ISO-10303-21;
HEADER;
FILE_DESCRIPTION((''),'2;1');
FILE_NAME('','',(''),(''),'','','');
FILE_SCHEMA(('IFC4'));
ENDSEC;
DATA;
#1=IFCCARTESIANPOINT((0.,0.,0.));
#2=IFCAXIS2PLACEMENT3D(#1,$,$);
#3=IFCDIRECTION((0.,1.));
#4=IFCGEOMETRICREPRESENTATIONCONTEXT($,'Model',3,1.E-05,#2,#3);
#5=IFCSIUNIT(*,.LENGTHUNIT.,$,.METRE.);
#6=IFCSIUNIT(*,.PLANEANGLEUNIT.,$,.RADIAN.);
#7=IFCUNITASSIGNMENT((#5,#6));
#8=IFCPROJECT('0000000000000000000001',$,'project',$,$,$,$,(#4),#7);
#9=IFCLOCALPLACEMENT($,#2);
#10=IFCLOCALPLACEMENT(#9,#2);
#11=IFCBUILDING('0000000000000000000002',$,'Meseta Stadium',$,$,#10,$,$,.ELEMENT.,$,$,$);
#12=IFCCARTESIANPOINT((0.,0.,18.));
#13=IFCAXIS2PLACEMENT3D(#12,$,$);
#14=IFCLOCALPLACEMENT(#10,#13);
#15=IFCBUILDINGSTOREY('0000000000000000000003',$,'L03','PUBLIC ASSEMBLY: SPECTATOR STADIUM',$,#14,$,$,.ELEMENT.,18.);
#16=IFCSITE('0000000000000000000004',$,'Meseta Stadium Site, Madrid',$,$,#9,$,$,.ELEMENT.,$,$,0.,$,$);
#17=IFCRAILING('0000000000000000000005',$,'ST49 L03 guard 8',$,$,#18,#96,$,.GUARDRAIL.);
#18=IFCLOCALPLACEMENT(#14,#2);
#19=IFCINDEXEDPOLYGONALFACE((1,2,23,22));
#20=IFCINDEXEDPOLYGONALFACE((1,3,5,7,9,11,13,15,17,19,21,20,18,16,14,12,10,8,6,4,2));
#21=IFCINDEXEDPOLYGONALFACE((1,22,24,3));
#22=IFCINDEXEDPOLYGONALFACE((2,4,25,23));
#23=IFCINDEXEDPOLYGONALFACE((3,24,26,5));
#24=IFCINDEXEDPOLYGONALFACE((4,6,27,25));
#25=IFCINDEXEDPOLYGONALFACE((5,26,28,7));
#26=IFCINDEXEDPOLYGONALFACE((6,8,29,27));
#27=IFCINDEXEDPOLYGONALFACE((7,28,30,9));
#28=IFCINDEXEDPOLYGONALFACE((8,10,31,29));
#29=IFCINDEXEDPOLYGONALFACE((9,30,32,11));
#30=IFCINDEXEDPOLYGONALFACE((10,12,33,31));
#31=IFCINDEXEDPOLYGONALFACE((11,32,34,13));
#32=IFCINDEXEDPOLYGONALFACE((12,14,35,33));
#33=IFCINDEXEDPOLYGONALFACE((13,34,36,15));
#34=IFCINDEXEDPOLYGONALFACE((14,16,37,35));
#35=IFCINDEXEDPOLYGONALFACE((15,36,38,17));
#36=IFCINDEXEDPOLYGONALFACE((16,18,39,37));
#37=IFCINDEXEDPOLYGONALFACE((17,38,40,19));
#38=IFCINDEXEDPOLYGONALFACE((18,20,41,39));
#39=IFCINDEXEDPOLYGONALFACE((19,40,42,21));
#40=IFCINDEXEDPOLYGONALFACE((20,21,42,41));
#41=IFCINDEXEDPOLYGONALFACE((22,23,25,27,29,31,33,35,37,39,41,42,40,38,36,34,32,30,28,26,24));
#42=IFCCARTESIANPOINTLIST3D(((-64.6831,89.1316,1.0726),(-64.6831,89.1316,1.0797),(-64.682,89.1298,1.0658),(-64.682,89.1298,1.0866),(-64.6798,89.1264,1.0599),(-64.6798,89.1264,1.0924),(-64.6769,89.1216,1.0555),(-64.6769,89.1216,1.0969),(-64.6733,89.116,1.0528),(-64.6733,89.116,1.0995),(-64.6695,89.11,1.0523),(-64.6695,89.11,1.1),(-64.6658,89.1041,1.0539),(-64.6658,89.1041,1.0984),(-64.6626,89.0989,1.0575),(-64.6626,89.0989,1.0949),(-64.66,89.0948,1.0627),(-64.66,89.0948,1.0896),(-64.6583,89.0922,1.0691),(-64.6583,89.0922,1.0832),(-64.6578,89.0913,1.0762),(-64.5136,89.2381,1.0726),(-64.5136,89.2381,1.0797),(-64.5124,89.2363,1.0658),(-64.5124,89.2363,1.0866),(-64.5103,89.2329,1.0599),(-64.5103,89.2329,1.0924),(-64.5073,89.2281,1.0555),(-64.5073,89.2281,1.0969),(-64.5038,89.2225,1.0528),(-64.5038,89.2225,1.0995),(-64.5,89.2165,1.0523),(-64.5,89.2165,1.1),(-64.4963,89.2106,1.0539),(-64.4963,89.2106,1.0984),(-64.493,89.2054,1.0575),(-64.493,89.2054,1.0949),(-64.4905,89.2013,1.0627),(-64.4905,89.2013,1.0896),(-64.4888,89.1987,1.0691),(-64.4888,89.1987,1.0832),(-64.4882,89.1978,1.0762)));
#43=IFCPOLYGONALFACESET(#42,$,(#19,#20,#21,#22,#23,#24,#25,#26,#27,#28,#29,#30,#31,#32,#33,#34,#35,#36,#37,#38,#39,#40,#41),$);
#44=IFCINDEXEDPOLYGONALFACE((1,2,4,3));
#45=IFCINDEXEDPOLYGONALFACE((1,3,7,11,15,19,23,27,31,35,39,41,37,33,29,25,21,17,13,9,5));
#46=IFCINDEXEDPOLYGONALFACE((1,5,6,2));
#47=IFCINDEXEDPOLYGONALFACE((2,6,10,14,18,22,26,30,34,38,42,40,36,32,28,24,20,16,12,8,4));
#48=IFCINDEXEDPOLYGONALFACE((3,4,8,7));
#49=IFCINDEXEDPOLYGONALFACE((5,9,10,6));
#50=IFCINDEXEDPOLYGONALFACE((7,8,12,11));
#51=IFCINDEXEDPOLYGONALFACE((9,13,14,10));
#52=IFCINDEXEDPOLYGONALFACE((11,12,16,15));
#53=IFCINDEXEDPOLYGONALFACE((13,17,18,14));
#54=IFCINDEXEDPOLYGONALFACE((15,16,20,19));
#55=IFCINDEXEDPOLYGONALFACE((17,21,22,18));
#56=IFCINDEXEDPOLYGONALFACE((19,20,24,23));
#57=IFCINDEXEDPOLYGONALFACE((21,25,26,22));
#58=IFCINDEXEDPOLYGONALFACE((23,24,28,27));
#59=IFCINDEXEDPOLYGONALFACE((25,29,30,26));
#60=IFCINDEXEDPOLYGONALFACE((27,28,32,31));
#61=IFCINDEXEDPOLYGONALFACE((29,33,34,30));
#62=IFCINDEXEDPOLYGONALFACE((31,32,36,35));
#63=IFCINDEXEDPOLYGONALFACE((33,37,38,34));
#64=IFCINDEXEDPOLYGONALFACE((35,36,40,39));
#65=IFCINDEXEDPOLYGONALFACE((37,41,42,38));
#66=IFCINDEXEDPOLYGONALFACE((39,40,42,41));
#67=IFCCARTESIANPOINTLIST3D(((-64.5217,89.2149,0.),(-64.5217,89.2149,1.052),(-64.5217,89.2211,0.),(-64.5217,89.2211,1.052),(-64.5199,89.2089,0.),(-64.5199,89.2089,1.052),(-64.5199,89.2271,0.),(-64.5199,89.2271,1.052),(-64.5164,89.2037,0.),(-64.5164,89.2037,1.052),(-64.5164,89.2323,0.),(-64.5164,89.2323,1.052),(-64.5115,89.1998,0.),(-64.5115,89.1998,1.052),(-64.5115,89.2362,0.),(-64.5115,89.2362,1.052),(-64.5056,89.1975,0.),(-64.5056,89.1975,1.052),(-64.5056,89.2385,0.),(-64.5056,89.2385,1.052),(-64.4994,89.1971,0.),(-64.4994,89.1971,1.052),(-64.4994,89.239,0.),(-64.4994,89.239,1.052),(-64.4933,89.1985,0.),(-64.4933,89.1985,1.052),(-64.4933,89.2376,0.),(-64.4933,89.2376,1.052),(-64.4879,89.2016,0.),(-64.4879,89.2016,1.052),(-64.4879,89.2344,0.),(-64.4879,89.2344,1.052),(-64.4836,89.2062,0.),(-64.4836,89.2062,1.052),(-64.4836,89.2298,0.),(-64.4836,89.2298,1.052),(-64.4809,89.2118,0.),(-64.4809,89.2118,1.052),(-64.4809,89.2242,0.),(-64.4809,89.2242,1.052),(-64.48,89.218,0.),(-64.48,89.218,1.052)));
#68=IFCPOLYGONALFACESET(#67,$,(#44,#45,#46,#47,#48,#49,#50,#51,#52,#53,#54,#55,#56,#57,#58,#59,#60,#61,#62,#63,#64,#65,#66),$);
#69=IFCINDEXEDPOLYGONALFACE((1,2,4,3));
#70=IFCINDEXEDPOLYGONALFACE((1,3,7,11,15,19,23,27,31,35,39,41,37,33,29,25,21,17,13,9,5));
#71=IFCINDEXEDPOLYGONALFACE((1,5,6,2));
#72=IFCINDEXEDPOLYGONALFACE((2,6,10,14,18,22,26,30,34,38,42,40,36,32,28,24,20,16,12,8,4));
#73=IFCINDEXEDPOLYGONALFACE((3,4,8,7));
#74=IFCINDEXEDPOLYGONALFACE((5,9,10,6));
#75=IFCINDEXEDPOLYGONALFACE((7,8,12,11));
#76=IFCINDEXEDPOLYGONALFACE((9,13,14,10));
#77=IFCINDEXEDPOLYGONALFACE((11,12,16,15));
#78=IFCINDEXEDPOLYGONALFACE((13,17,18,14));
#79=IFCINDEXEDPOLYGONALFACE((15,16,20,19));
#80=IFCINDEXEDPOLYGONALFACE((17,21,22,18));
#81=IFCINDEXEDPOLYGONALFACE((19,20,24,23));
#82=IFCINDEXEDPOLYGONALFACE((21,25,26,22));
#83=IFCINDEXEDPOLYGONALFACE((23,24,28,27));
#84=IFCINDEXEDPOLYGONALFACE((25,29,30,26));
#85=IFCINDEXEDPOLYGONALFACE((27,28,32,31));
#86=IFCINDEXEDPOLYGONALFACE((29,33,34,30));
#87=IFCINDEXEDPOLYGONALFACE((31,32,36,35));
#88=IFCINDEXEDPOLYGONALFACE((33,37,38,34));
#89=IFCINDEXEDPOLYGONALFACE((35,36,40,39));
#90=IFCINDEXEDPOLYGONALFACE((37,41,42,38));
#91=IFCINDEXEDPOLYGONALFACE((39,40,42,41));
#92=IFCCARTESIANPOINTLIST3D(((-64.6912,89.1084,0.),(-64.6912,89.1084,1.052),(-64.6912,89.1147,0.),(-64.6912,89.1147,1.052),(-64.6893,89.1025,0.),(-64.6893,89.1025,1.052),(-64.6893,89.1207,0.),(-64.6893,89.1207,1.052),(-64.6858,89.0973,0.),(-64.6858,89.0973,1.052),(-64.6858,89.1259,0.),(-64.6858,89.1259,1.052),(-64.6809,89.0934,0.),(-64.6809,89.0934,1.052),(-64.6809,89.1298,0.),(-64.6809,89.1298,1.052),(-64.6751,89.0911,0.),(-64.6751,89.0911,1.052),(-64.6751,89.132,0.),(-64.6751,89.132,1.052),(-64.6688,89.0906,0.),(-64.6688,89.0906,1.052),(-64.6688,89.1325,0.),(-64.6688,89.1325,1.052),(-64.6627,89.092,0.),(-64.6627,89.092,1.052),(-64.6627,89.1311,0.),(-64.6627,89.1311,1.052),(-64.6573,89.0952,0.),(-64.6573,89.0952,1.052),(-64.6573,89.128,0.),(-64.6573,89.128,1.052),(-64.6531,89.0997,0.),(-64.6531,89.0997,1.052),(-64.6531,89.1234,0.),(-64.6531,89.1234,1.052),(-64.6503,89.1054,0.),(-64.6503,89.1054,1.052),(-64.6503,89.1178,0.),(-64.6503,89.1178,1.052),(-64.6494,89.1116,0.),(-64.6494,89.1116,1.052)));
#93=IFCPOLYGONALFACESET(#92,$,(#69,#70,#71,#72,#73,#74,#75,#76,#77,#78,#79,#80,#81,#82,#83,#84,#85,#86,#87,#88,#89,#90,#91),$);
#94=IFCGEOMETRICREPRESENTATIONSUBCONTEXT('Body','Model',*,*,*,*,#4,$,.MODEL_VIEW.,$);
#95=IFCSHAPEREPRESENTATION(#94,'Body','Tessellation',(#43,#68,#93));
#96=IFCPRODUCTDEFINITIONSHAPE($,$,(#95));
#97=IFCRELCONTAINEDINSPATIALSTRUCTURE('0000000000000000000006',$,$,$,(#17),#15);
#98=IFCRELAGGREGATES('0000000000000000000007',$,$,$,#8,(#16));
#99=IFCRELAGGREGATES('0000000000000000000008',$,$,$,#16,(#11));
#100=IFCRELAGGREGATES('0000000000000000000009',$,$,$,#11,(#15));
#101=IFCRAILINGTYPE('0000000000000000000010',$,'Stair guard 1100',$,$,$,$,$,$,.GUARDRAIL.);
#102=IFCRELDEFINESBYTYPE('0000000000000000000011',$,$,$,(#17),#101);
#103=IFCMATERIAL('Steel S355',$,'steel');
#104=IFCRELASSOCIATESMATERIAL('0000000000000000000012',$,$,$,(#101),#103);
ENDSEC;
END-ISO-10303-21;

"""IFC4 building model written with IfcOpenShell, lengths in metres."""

from ifc_helpers import new_model, si_unit, direction, frame, origin, origin_2d, place, context, subcontext, project, spatial, circle, extrude, material, type_object, element, save


model = new_model("IFC4")

# Units and contexts
model_context = context("Model", 3, precision=1e-05, world=origin(), true_north=direction((0.0, 1.0)))
body_context = subcontext(model_context, "Body", "Model", "MODEL_VIEW")
ifc_project = project(units=[si_unit("LENGTHUNIT", "METRE"), si_unit("PLANEANGLEUNIT", "RADIAN")], contexts=[model_context])

# Site, building, storey
site_placement = place(None, origin())
site = spatial("IfcSite", under=ifc_project, at=site_placement, Name="Meseta Stadium Site, Madrid", CompositionType="ELEMENT", RefElevation=0.0)
building_placement = place(site_placement, origin())
building = spatial("IfcBuilding", under=site, at=building_placement, Name="Meseta Stadium", CompositionType="ELEMENT")
storey_placement = place(building_placement, frame((0.0, 0.0, 18.0)))
storey = spatial("IfcBuildingStorey", under=building, at=storey_placement, Name="L03", Description="PUBLIC ASSEMBLY: SPECTATOR STADIUM", CompositionType="ELEMENT", Elevation=18.0)

# Railing
ifc_material_1 = material(Name="Steel S355", Category="steel")
railing_type_1 = type_object("IfcRailingType", Name="Stair guard 1100", PredefinedType="GUARDRAIL", material=ifc_material_1)
railing_1_placement = place(storey_placement, frame((-64.501, 89.218, 0.0)))
element("IfcRailing", 1, at=railing_1_placement, inside=storey, type_object=railing_type_1, Name="ST49 L03 guard 8", PredefinedType="GUARDRAIL", context=body_context, shape_type="SweptSolid", body=[
    extrude(circle(Radius=0.0239, at=origin_2d()), frame((0.0, 0.0, 1.0762), z_axis=(-0.846762, -0.531972, 0.0), x_axis=(0.531972, -0.846762, 0.0)), (0.0, 0.0, 1.0), 0.2002),
    extrude(circle(Radius=0.021, at=origin_2d()), origin(), (0.0, 0.0, 1.0), 1.052),
    extrude(circle(Radius=0.021, at=origin_2d()), frame((-0.1694, -0.1064, 0.0)), (0.0, 0.0, 1.0), 1.052),
])

save(model, "model.ifc")
